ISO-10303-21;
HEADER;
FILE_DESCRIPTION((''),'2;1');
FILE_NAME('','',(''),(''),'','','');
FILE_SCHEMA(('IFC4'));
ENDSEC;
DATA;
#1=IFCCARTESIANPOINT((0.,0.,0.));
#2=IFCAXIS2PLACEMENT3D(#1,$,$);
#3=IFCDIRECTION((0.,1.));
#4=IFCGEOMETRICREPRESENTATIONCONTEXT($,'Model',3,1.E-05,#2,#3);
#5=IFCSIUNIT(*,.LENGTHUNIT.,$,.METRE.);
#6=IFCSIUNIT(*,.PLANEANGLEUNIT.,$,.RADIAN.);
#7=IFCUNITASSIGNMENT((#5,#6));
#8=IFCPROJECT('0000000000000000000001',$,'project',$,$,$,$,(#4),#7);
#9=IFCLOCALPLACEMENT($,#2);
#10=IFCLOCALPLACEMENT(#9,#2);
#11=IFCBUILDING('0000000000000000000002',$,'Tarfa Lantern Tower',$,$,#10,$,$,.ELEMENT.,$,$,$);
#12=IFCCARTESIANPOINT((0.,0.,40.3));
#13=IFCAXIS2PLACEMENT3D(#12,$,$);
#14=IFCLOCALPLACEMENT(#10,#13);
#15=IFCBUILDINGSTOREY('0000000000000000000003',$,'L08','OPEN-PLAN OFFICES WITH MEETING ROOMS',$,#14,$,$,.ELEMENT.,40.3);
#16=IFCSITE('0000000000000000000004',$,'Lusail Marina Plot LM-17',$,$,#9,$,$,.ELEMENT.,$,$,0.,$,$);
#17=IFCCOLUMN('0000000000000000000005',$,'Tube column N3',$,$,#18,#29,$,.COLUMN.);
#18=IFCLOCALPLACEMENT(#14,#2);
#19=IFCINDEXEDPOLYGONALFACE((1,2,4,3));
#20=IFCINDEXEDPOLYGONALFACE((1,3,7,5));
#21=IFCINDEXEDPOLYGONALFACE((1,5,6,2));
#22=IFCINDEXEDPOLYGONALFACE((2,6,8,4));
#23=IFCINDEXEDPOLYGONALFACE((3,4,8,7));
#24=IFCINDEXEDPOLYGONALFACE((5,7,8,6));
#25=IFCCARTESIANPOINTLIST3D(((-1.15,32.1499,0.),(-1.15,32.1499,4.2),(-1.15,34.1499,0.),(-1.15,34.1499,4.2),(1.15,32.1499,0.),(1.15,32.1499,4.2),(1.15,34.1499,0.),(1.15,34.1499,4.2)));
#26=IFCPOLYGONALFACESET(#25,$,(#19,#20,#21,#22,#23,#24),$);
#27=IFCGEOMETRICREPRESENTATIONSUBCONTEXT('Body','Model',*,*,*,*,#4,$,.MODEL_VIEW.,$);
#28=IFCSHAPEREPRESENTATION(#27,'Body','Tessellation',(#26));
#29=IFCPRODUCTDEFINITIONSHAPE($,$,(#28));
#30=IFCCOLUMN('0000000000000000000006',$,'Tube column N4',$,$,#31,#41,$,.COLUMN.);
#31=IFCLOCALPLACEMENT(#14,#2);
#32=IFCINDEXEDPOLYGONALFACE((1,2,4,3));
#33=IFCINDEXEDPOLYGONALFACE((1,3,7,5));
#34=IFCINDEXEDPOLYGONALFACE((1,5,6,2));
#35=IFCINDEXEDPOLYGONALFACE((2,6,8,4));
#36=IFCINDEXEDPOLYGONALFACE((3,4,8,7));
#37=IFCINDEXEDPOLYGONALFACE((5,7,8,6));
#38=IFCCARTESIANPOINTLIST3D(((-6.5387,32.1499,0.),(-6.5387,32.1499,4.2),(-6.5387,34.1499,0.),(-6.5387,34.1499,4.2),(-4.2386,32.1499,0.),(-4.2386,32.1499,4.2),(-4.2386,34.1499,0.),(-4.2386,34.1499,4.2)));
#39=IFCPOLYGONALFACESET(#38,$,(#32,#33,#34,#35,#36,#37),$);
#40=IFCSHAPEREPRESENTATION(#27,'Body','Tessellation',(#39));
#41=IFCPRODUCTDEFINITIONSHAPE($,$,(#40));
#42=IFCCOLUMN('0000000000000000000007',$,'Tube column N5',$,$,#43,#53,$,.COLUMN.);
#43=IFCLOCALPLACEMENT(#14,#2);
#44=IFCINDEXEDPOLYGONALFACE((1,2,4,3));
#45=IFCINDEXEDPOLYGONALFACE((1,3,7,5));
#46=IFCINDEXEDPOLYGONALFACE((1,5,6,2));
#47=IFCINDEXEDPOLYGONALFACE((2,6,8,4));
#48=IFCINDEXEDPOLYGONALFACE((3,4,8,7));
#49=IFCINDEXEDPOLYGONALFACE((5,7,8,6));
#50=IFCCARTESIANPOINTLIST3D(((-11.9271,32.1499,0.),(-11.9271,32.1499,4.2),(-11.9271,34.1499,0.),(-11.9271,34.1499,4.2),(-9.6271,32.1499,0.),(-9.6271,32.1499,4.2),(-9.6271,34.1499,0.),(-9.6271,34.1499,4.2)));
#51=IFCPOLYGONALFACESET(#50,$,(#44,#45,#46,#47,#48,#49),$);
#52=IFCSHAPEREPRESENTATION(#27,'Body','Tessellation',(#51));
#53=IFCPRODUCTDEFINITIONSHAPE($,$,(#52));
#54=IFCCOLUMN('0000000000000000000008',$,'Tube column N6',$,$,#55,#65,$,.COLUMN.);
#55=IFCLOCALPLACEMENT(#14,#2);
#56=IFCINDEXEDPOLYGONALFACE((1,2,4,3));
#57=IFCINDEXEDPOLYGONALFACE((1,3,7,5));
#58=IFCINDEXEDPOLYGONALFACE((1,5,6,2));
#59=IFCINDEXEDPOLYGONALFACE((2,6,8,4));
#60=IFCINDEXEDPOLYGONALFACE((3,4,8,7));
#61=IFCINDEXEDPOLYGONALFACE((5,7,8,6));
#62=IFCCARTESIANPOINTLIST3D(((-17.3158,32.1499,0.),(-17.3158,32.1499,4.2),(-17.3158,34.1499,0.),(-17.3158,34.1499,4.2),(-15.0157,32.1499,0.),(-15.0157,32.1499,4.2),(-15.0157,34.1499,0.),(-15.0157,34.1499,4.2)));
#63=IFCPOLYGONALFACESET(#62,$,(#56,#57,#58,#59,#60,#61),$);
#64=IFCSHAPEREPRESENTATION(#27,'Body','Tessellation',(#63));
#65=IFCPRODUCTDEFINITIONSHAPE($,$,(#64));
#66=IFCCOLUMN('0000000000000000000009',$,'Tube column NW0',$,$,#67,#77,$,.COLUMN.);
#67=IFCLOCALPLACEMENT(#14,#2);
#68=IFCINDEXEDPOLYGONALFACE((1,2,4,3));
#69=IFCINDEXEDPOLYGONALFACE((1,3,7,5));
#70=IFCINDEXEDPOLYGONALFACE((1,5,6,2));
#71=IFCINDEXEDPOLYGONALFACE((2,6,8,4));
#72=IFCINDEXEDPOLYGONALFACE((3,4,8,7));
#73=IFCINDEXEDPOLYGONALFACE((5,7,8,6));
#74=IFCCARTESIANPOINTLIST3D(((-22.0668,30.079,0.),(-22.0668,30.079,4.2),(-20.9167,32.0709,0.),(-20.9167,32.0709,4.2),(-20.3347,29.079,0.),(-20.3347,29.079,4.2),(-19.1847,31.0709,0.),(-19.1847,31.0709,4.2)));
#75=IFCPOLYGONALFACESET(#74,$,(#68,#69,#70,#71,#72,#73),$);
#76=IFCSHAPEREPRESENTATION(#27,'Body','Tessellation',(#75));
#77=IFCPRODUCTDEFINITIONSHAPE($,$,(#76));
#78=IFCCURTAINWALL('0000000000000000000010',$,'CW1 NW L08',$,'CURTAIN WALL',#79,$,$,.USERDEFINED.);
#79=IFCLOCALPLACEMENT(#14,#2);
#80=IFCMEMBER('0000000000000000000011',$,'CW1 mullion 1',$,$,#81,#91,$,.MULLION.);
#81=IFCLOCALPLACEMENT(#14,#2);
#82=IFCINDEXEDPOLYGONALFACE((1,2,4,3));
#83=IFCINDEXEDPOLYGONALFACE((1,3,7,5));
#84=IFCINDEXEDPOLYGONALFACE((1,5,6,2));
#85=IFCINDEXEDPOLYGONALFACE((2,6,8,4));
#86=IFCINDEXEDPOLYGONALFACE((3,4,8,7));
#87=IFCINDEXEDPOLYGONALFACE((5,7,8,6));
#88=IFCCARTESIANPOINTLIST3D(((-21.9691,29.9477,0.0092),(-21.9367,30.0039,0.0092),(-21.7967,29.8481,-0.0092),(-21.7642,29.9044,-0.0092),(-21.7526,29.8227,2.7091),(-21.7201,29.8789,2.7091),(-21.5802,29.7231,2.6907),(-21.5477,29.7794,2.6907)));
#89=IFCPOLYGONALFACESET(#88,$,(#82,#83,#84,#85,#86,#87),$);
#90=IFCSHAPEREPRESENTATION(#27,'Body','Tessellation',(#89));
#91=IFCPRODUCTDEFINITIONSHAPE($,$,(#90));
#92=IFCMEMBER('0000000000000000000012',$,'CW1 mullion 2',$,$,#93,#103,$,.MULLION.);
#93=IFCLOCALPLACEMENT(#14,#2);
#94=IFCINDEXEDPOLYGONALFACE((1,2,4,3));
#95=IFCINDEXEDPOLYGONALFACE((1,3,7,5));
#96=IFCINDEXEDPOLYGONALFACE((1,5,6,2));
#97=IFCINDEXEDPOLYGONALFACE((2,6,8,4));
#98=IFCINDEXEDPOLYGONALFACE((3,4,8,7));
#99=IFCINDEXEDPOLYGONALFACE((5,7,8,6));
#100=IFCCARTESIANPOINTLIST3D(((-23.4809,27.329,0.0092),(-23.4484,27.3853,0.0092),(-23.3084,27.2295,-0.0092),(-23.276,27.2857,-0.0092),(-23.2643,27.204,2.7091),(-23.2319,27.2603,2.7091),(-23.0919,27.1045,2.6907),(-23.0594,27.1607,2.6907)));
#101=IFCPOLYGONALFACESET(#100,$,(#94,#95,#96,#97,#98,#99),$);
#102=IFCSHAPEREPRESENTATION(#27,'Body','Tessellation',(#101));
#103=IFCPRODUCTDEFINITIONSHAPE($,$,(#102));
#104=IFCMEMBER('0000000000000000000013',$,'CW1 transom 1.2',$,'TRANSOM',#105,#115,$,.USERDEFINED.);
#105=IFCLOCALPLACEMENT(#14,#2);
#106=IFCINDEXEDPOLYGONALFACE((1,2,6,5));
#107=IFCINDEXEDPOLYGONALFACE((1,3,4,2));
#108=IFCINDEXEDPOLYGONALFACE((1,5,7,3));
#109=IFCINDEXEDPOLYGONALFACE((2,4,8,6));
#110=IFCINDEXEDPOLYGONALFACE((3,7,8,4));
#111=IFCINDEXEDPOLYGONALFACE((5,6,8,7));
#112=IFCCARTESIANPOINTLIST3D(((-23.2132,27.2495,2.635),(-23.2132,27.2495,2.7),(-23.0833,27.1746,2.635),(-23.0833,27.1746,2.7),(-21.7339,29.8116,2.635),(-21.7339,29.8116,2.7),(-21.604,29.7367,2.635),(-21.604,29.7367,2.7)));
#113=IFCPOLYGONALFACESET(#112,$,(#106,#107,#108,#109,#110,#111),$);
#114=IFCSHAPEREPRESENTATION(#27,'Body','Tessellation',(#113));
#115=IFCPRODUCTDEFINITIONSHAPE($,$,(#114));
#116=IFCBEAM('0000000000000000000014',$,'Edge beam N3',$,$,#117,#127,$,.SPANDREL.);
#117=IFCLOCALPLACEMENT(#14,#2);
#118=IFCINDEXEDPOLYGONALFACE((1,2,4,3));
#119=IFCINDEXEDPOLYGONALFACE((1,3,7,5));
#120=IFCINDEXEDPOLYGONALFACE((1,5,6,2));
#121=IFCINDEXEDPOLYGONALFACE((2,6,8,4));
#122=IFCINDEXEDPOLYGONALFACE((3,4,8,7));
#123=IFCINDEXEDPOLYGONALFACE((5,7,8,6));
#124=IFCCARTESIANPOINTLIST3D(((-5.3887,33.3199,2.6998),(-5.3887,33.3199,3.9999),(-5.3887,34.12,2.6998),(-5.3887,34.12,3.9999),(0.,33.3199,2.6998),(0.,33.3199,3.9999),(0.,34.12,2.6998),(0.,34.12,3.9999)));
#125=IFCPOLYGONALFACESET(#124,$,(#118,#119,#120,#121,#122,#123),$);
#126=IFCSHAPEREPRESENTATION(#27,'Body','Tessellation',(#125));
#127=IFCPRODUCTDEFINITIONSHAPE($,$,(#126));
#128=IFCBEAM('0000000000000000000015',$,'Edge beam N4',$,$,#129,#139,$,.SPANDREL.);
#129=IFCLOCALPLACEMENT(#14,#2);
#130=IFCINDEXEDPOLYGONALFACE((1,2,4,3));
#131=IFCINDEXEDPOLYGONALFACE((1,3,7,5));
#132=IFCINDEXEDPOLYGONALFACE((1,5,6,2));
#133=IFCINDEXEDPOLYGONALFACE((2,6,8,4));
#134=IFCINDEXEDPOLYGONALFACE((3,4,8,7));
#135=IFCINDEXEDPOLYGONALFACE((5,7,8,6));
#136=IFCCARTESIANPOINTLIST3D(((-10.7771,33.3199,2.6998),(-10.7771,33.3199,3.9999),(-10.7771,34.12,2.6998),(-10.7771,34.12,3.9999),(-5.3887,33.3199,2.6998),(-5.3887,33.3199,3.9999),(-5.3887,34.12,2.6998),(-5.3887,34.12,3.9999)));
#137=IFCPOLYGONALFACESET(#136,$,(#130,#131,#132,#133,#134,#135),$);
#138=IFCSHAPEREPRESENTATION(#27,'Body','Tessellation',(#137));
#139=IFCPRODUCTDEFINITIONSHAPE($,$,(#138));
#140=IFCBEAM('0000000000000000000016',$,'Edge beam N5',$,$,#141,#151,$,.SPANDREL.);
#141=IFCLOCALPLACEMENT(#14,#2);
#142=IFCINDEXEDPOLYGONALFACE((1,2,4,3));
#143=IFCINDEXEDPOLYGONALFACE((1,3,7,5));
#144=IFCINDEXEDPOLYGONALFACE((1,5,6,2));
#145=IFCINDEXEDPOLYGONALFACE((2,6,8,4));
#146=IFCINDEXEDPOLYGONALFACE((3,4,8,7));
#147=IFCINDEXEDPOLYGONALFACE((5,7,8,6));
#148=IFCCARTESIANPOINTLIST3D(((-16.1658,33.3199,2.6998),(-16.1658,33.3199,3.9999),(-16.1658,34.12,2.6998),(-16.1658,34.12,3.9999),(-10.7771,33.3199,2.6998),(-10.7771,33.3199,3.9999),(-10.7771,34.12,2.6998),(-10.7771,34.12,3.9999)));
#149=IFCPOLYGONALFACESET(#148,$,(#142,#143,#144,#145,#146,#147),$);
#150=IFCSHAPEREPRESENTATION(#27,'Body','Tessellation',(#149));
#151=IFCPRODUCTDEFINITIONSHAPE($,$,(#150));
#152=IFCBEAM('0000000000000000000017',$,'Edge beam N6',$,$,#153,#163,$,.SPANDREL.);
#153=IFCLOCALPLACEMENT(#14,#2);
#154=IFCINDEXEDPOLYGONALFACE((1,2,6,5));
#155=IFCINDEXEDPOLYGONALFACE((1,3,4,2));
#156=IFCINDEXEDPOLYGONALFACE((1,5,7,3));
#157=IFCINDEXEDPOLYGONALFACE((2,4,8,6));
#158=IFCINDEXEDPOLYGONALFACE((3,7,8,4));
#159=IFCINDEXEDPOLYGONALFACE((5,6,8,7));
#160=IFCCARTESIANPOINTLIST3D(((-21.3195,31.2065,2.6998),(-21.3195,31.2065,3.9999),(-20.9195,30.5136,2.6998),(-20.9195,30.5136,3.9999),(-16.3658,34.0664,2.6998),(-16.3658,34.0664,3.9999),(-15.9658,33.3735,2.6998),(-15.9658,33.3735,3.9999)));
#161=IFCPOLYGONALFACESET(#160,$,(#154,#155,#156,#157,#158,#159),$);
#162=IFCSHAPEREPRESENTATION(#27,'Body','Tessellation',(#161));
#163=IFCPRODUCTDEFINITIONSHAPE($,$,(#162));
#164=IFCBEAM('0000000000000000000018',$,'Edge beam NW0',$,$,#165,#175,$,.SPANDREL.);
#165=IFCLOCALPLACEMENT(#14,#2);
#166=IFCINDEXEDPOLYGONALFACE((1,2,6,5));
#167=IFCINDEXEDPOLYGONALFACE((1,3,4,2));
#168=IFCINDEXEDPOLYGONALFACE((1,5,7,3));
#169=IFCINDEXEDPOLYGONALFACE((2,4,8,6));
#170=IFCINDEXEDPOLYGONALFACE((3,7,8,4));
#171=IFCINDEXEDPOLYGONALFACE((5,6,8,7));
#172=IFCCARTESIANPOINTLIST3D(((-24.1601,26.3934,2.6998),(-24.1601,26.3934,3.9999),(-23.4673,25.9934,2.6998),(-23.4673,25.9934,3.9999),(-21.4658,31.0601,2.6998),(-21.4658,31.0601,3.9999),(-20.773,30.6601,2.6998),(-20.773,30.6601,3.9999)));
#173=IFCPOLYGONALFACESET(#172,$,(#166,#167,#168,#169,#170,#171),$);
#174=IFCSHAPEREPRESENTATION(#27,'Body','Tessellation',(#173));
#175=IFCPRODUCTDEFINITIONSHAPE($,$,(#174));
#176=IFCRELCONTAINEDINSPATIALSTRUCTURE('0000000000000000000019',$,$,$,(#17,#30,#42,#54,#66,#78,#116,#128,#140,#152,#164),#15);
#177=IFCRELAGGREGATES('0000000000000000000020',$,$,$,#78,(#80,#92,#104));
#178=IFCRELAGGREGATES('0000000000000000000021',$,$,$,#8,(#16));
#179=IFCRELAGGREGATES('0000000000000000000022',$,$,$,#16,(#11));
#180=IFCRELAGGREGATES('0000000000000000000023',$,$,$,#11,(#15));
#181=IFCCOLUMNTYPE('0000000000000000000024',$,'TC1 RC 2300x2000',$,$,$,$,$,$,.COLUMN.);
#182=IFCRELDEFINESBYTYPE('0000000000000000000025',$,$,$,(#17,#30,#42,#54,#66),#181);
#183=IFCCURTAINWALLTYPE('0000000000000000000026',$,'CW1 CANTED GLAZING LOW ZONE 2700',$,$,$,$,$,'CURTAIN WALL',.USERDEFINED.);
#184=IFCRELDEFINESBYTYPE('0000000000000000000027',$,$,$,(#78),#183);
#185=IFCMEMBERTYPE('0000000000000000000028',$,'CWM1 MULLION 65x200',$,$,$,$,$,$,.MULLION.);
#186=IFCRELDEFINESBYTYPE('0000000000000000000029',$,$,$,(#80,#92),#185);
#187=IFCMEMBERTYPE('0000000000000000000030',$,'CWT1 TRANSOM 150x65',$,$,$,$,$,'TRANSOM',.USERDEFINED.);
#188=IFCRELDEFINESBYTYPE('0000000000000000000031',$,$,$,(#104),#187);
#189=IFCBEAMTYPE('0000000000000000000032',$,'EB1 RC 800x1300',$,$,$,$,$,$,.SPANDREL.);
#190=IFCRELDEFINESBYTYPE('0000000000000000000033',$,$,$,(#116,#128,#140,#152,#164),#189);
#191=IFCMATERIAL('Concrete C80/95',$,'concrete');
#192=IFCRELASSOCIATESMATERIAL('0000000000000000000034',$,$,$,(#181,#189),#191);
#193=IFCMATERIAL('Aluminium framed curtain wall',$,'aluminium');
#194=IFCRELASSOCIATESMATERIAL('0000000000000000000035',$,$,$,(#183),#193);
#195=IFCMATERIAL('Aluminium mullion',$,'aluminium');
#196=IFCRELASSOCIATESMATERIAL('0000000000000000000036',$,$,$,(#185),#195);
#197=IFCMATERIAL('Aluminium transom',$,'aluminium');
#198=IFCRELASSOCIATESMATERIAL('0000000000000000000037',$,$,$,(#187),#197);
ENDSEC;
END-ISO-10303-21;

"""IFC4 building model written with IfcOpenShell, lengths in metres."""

from ifc_helpers import new_model, si_unit, direction, frame, origin, origin_2d, place, context, subcontext, project, spatial, rectangle, extrude, material, material_profile, profile_set, type_object, element, aggregate, save


model = new_model("IFC4")

# Units and contexts
model_context = context("Model", 3, precision=1e-05, world=origin(), true_north=direction((0.0, 1.0)))
body_context = subcontext(model_context, "Body", "Model", "MODEL_VIEW")
ifc_project = project(units=[si_unit("LENGTHUNIT", "METRE"), si_unit("PLANEANGLEUNIT", "RADIAN")], contexts=[model_context])

# Site, building, storey
site_placement = place(None, origin())
site = spatial("IfcSite", under=ifc_project, at=site_placement, Name="Lusail Marina Plot LM-17", CompositionType="ELEMENT", RefElevation=0.0)
building_placement = place(site_placement, origin())
building = spatial("IfcBuilding", under=site, at=building_placement, Name="Tarfa Lantern Tower", CompositionType="ELEMENT")
storey_placement = place(building_placement, frame((0.0, 0.0, 40.3)))
storey = spatial("IfcBuildingStorey", under=building, at=storey_placement, Name="L08", Description="OPEN-PLAN OFFICES WITH MEETING ROOMS", CompositionType="ELEMENT", Elevation=40.3)

# Columns
ifc_material_1 = material(Name="Concrete C80/95", Category="concrete")
ifc_material_profile_1 = material_profile(ifc_material_1, rectangle(XDim=2.3, YDim=2.0, at=origin_2d()), Name="RC 2300x2000")
ifc_profile_set_1 = profile_set([ifc_material_profile_1], Name="Concrete C80/95")
column_type = type_object("IfcColumnType", Name="TC1 RC 2300x2000", PredefinedType="COLUMN", material=ifc_profile_set_1)
for number, where, z_axis, x_axis, name in (
    (1, (0.0, 33.1499, 0.0), (0.0, 0.0, 1.0), (-1.0, 0.0, 0.0), "Tube column N3"),
    (2, (-5.3887, 33.1499, 0.0), (0.0, 0.0, 1.0), (-1.0, 0.0, 0.0), "Tube column N4"),
    (3, (-10.7771, 33.1499, 0.0), (0.0, 0.0, 1.0), (-1.0, 0.0, 0.0), "Tube column N5"),
    (4, (-16.1658, 33.1499, 0.0), (0.0, 0.0, 1.0), (-1.0, 0.0, 0.0), "Tube column N6"),
    (5, (-20.6257, 30.575, 0.0), (0.0, 0.0, 1.0), (-0.5, -0.866025, 0.0), "Tube column NW0"),
):
    element("IfcColumn", number, at=place(storey_placement, frame(where, z_axis=z_axis, x_axis=x_axis)), inside=storey, type_object=column_type, Name=name, PredefinedType="COLUMN", context=body_context, shape_type="SweptSolid", body=[
        extrude(rectangle(XDim=2.3, YDim=2.0, at=origin_2d()), origin(), (0.0, 0.0, 1.0), 4.2),
    ])

# Curtain wall, members
ifc_material_2 = material(Name="Aluminium framed curtain wall", Category="aluminium")
curtain_wall_type = type_object("IfcCurtainWallType", Name="CW1 CANTED GLAZING LOW ZONE 2700", ElementType="CURTAIN WALL", PredefinedType="USERDEFINED", material=ifc_material_2)
curtain_wall_placement = place(storey_placement, origin())
curtain_wall = element("IfcCurtainWall", 6, at=curtain_wall_placement, inside=storey, type_object=curtain_wall_type, Name="CW1 NW L08", ObjectType="CURTAIN WALL", PredefinedType="USERDEFINED")
ifc_material_3 = material(Name="Aluminium mullion", Category="aluminium")
ifc_material_profile_2 = material_profile(ifc_material_3, rectangle(XDim=0.0649, YDim=0.2, at=origin_2d()), Name="AL MULLION 65x200")
ifc_profile_set_2 = profile_set([ifc_material_profile_2], Name="Aluminium mullion")
member_type_1 = type_object("IfcMemberType", Name="CWM1 MULLION 65x200", PredefinedType="MULLION", material=ifc_profile_set_2)
member_1_placement = place(storey_placement, frame((-21.8667, 29.926, 0.0), z_axis=(0.079864, -0.0461, 0.995739), x_axis=(0.49992, 0.866072, 0.0)))
member_1 = element("IfcMember", 7, at=member_1_placement, type_object=member_type_1, Name="CW1 mullion 1", PredefinedType="MULLION", context=body_context, shape_type="SweptSolid", body=[
    extrude(rectangle(XDim=0.0649, YDim=0.2, at=origin_2d()), origin(), (0.0, 0.0, 1.0), 2.7114),
])
member_2_placement = place(storey_placement, frame((-23.3784, 27.3074, 0.0), z_axis=(0.079864, -0.0461, 0.995739), x_axis=(0.49992, 0.866072, 0.0)))
member_2 = element("IfcMember", 8, at=member_2_placement, type_object=member_type_1, Name="CW1 mullion 2", PredefinedType="MULLION", context=body_context, shape_type="SweptSolid", body=[
    extrude(rectangle(XDim=0.0649, YDim=0.2, at=origin_2d()), origin(), (0.0, 0.0, 1.0), 2.7114),
])
ifc_material_4 = material(Name="Aluminium transom", Category="aluminium")
ifc_material_profile_3 = material_profile(ifc_material_4, rectangle(XDim=0.1499, YDim=0.0649, at=origin_2d()), Name="AL TRANSOM 150x65")
ifc_profile_set_3 = profile_set([ifc_material_profile_3], Name="Aluminium transom")
member_type_2 = type_object("IfcMemberType", Name="CWT1 TRANSOM 150x65", ElementType="TRANSOM", PredefinedType="USERDEFINED", material=ifc_profile_set_3)
member_3_placement = place(storey_placement, frame((-21.6689, 29.7742, 2.6675), z_axis=(-0.500018, -0.866015, 0.0), x_axis=(0.866015, -0.500018, 0.0)))
member_3 = element("IfcMember", 9, at=member_3_placement, type_object=member_type_2, Name="CW1 transom 1.2", ObjectType="TRANSOM", PredefinedType="USERDEFINED", context=body_context, shape_type="SweptSolid", body=[
    extrude(rectangle(XDim=0.1499, YDim=0.0649, at=origin_2d()), origin(), (0.0, 0.0, 1.0), 2.9585),
])

# Beams
ifc_material_profile_4 = material_profile(ifc_material_1, rectangle(XDim=0.8, YDim=1.3, at=origin_2d()), Name="RC 800x1300")
ifc_profile_set_4 = profile_set([ifc_material_profile_4], Name="Concrete C80/95")
beam_type_1 = type_object("IfcBeamType", Name="EB1 RC 800x1300", PredefinedType="SPANDREL", material=ifc_profile_set_4)
beam_1_placement = place(storey_placement, frame((0.0, 33.72, 3.3499), z_axis=(-1.0, 0.0, 0.0), x_axis=(0.0, -1.0, 0.0)))
element("IfcBeam", 10, at=beam_1_placement, inside=storey, type_object=beam_type_1, Name="Edge beam N3", PredefinedType="SPANDREL", context=body_context, shape_type="SweptSolid", body=[
    extrude(rectangle(XDim=0.8, YDim=1.3, at=origin_2d()), origin(), (0.0, 0.0, 1.0), 5.3887),
])
beam_2_placement = place(storey_placement, frame((-5.3887, 33.72, 3.3499), z_axis=(-1.0, 0.0, 0.0), x_axis=(0.0, -1.0, 0.0)))
element("IfcBeam", 11, at=beam_2_placement, inside=storey, type_object=beam_type_1, Name="Edge beam N4", PredefinedType="SPANDREL", context=body_context, shape_type="SweptSolid", body=[
    extrude(rectangle(XDim=0.8, YDim=1.3, at=origin_2d()), origin(), (0.0, 0.0, 1.0), 5.3884),
])
beam_3_placement = place(storey_placement, frame((-10.7771, 33.72, 3.3499), z_axis=(-1.0, 0.0, 0.0), x_axis=(0.0, -1.0, 0.0)))
element("IfcBeam", 12, at=beam_3_placement, inside=storey, type_object=beam_type_1, Name="Edge beam N5", PredefinedType="SPANDREL", context=body_context, shape_type="SweptSolid", body=[
    extrude(rectangle(XDim=0.8, YDim=1.3, at=origin_2d()), origin(), (0.0, 0.0, 1.0), 5.3887),
])
beam_4_placement = place(storey_placement, frame((-16.1658, 33.72, 3.3499), z_axis=(-0.866033, -0.499986, 0.0), x_axis=(0.499986, -0.866033, 0.0)))
element("IfcBeam", 13, at=beam_4_placement, inside=storey, type_object=beam_type_1, Name="Edge beam N6", PredefinedType="SPANDREL", context=body_context, shape_type="SweptSolid", body=[
    extrude(rectangle(XDim=0.8, YDim=1.3, at=origin_2d()), origin(), (0.0, 0.0, 1.0), 5.72),
])
beam_5_placement = place(storey_placement, frame((-21.1194, 30.8601, 3.3499), z_axis=(-0.499998, -0.866026, 0.0), x_axis=(0.866026, -0.499998, 0.0)))
element("IfcBeam", 14, at=beam_5_placement, inside=storey, type_object=beam_type_1, Name="Edge beam NW0", PredefinedType="SPANDREL", context=body_context, shape_type="SweptSolid", body=[
    extrude(rectangle(XDim=0.8, YDim=1.3, at=origin_2d()), origin(), (0.0, 0.0, 1.0), 5.3887),
])

aggregate(curtain_wall, [member_1, member_2, member_3])

save(model, "model.ifc")
